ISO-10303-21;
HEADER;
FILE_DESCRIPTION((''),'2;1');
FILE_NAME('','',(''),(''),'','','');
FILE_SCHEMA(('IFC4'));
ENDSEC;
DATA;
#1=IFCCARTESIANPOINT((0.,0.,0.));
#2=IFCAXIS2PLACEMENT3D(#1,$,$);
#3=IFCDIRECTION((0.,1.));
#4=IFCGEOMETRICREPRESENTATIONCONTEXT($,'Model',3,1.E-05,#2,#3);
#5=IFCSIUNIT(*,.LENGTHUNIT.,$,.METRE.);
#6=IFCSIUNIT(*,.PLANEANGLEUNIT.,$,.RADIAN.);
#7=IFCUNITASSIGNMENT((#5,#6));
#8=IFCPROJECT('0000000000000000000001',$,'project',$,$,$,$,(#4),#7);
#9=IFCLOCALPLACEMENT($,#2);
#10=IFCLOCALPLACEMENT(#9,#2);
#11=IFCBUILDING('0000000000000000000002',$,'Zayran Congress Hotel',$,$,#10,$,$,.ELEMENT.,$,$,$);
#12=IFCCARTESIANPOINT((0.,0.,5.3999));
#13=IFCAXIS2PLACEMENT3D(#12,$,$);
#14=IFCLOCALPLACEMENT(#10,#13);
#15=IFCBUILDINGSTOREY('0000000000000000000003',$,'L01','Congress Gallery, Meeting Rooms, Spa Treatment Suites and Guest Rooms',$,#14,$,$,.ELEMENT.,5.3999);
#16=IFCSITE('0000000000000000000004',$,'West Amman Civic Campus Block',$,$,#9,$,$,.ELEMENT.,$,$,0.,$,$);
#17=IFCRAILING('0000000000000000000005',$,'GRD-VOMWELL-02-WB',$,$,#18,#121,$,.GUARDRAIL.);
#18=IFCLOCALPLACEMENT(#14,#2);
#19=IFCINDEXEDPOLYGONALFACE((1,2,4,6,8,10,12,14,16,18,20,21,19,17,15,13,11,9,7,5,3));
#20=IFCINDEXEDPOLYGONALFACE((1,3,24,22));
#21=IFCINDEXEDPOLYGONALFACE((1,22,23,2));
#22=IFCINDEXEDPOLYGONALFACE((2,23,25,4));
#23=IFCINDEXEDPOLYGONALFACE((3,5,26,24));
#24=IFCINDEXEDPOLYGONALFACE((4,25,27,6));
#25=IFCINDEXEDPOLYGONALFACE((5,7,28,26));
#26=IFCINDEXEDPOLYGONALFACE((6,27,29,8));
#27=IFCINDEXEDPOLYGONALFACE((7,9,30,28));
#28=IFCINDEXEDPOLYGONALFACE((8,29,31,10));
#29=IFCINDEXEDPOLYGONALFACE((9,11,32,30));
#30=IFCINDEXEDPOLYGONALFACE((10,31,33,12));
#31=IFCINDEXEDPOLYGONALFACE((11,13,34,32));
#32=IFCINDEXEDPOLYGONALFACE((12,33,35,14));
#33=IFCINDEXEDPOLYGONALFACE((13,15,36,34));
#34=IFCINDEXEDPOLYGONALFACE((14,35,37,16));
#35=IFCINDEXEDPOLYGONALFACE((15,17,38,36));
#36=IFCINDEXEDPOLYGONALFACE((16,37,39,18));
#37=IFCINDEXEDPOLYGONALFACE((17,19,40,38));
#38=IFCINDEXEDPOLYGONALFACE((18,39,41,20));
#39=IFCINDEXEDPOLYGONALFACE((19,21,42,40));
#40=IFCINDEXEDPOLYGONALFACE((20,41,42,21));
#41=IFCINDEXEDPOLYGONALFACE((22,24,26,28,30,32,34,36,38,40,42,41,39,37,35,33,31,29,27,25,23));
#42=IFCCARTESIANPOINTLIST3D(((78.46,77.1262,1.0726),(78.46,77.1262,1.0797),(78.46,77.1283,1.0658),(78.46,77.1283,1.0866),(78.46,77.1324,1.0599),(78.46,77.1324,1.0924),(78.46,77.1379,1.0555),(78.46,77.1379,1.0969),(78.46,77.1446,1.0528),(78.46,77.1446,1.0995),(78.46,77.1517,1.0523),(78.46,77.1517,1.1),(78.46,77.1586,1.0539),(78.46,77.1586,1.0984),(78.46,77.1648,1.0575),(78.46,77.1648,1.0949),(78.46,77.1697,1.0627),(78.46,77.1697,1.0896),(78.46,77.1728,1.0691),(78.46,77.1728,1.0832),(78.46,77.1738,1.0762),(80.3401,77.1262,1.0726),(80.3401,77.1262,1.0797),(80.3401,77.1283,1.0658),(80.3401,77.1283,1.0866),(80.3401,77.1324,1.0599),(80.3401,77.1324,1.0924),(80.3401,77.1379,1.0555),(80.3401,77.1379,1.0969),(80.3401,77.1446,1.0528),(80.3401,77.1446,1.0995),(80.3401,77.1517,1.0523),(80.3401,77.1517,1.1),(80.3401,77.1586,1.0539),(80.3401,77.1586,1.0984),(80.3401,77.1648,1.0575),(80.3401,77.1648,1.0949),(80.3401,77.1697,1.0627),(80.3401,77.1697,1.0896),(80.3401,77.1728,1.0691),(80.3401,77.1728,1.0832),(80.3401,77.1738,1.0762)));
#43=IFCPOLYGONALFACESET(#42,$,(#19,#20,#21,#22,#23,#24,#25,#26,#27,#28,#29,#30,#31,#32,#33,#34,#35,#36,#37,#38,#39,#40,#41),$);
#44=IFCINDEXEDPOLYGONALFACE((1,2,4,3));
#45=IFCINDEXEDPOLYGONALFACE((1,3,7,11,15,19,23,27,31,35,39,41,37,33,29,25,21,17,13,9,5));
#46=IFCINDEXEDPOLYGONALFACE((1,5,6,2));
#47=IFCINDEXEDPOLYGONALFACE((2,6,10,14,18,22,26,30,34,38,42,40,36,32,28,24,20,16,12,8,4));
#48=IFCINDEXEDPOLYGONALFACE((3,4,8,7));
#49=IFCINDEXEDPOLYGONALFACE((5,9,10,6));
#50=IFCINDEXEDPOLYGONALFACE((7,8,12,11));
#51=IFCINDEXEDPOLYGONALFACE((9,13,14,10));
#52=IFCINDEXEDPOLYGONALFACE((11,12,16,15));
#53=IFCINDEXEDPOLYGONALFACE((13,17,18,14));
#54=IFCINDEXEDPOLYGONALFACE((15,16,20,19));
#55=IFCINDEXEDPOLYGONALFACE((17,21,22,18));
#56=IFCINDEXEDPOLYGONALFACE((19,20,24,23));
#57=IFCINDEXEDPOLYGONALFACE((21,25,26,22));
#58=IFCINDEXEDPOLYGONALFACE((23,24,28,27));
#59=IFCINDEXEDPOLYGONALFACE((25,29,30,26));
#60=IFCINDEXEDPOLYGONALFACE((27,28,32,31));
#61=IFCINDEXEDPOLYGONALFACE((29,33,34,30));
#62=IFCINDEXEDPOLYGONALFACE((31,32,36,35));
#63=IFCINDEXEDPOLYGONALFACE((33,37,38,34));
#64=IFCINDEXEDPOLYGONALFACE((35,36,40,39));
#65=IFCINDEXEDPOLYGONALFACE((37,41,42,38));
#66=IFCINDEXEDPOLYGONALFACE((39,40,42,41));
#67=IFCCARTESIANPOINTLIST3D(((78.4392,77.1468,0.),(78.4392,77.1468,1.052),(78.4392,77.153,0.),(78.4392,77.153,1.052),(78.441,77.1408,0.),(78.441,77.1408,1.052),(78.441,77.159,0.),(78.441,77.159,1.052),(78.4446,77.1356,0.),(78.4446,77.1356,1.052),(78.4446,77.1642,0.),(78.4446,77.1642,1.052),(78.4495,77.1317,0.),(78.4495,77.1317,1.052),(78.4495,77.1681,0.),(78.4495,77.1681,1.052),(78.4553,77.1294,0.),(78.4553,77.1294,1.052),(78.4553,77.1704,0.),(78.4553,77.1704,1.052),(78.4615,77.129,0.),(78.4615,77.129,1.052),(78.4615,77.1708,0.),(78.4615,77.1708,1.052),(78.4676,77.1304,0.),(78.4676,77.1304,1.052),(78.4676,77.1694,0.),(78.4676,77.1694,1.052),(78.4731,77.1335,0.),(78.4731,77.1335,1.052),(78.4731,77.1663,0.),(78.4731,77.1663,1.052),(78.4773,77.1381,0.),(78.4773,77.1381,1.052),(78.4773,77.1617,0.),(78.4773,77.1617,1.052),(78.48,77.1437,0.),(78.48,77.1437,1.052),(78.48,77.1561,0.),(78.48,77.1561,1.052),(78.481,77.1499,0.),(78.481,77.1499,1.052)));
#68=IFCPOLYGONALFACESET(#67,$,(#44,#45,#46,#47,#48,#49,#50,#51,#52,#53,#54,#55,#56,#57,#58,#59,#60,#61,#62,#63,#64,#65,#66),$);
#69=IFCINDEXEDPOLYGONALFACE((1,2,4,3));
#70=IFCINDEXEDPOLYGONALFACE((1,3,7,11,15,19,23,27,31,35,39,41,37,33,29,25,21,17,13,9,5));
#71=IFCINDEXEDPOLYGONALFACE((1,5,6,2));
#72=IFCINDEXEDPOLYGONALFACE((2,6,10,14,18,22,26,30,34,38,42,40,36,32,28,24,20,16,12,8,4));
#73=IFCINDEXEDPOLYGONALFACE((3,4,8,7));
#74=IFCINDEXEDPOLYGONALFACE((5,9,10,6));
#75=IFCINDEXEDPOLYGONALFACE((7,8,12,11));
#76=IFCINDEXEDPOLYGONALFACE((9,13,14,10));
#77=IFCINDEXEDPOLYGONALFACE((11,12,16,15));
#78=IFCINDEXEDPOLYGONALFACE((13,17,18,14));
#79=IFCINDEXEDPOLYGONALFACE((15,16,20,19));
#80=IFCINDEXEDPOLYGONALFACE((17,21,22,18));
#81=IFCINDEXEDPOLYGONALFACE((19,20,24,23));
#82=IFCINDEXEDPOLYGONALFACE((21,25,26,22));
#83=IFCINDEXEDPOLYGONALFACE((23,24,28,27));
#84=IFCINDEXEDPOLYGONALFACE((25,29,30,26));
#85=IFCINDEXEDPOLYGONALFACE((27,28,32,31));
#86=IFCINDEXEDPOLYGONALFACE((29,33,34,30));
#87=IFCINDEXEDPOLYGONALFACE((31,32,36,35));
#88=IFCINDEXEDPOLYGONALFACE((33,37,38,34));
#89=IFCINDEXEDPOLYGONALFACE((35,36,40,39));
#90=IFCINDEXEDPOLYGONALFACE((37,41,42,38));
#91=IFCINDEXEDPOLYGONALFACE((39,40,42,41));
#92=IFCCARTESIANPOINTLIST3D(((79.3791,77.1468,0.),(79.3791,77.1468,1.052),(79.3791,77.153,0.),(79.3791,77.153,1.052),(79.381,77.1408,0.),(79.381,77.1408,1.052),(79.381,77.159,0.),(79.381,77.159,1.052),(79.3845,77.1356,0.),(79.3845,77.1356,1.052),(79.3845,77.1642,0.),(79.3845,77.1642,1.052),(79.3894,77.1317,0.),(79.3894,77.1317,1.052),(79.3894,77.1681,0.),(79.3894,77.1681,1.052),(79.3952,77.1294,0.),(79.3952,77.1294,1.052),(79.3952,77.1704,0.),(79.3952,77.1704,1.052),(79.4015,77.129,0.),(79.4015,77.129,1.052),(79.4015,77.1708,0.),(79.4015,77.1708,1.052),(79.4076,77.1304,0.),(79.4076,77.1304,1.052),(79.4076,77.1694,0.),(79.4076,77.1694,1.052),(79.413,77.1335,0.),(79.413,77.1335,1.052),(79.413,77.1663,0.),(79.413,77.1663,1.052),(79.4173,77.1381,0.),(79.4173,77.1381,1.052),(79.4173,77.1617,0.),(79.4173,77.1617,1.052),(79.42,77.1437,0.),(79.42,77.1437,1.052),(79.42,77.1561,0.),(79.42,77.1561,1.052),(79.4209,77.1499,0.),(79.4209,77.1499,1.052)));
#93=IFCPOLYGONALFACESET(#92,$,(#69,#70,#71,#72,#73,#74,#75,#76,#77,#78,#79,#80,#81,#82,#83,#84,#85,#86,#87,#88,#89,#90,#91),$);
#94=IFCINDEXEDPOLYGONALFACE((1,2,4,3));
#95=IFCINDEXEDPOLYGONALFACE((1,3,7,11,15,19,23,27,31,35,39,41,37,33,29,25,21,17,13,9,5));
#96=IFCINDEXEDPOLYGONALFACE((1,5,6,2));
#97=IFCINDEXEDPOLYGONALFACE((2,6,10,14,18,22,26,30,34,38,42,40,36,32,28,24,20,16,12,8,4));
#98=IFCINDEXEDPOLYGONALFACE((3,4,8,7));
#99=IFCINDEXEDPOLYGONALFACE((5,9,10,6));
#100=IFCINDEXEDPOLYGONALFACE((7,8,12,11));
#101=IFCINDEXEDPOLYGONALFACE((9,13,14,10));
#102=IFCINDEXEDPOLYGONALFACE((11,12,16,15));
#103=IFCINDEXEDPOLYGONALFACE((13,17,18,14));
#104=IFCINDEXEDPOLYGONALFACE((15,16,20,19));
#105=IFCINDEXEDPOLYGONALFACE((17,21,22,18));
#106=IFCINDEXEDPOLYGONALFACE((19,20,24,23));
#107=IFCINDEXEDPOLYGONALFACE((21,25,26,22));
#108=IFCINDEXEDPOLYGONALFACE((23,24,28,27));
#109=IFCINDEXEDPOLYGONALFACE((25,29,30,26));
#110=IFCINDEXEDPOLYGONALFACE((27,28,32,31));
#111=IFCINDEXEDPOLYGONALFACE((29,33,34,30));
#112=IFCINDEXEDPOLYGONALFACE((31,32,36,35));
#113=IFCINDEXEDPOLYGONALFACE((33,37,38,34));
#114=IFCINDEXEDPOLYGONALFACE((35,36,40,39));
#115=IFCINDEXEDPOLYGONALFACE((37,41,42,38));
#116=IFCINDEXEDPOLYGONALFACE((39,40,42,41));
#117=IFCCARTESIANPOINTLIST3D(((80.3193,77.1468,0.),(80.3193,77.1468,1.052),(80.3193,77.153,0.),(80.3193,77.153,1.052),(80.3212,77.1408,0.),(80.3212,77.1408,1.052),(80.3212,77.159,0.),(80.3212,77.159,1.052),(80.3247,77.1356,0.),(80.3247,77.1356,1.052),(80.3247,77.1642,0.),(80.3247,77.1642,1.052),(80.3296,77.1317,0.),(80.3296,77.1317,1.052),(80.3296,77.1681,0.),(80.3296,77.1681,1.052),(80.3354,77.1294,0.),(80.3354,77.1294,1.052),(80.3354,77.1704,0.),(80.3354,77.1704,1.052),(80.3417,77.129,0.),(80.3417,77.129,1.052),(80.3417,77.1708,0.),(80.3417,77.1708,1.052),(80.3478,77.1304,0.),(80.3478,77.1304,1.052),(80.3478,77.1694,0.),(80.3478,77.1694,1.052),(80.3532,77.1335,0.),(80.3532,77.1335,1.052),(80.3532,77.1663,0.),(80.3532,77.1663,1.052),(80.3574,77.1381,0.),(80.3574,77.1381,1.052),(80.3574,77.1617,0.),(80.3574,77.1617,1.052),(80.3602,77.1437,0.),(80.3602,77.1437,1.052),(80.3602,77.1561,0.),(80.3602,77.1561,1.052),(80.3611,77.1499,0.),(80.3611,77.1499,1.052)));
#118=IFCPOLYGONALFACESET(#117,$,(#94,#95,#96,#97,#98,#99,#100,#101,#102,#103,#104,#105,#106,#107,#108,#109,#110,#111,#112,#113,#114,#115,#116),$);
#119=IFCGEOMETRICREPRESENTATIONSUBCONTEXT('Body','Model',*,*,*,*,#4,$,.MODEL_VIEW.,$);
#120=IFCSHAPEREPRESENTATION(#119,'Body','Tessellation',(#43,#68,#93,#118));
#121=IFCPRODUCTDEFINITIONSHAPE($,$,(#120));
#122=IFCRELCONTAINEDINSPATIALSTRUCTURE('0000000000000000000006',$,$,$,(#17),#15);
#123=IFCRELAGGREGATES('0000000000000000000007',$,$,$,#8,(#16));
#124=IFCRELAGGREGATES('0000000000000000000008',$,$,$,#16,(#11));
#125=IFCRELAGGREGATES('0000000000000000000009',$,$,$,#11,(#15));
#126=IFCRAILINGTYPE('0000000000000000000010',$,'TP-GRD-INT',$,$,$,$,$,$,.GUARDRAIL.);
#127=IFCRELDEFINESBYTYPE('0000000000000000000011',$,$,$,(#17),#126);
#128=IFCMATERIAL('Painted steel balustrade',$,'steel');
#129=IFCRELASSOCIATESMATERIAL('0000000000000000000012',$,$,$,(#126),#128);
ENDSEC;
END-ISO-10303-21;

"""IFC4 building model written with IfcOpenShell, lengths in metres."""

from ifc_helpers import new_model, si_unit, direction, frame, origin, origin_2d, place, context, subcontext, project, spatial, circle, extrude, material, type_object, element, save


model = new_model("IFC4")

# Units and contexts
model_context = context("Model", 3, precision=1e-05, world=origin(), true_north=direction((0.0, 1.0)))
body_context = subcontext(model_context, "Body", "Model", "MODEL_VIEW")
ifc_project = project(units=[si_unit("LENGTHUNIT", "METRE"), si_unit("PLANEANGLEUNIT", "RADIAN")], contexts=[model_context])

# Site, building, storey
site_placement = place(None, origin())
site = spatial("IfcSite", under=ifc_project, at=site_placement, Name="West Amman Civic Campus Block", CompositionType="ELEMENT", RefElevation=0.0)
building_placement = place(site_placement, origin())
building = spatial("IfcBuilding", under=site, at=building_placement, Name="Zayran Congress Hotel", CompositionType="ELEMENT")
storey_placement = place(building_placement, frame((0.0, 0.0, 5.3999)))
storey = spatial("IfcBuildingStorey", under=building, at=storey_placement, Name="L01", Description="Congress Gallery, Meeting Rooms, Spa Treatment Suites and Guest Rooms", CompositionType="ELEMENT", Elevation=5.3999)

# Railing
ifc_material_1 = material(Name="Painted steel balustrade", Category="steel")
railing_type = type_object("IfcRailingType", Name="TP-GRD-INT", PredefinedType="GUARDRAIL", material=ifc_material_1)
railing_1_placement = place(storey_placement, frame((78.46, 77.1499, 0.0)))
element("IfcRailing", 1, at=railing_1_placement, inside=storey, type_object=railing_type, Name="GRD-VOMWELL-02-WB", PredefinedType="GUARDRAIL", context=body_context, shape_type="SweptSolid", body=[
    extrude(circle(Radius=0.0239, at=origin_2d()), frame((0.0, 0.0, 1.0762), z_axis=(1.0, 0.0, 0.0), x_axis=(0.0, 1.0, 0.0)), (0.0, 0.0, 1.0), 1.8801),
    extrude(circle(Radius=0.021, at=origin_2d()), origin(), (0.0, 0.0, 1.0), 1.052),
    extrude(circle(Radius=0.021, at=origin_2d()), frame((0.9399, 0.0, 0.0)), (0.0, 0.0, 1.0), 1.052),
    extrude(circle(Radius=0.021, at=origin_2d()), frame((1.8801, 0.0, 0.0)), (0.0, 0.0, 1.0), 1.052),
])

save(model, "model.ifc")
